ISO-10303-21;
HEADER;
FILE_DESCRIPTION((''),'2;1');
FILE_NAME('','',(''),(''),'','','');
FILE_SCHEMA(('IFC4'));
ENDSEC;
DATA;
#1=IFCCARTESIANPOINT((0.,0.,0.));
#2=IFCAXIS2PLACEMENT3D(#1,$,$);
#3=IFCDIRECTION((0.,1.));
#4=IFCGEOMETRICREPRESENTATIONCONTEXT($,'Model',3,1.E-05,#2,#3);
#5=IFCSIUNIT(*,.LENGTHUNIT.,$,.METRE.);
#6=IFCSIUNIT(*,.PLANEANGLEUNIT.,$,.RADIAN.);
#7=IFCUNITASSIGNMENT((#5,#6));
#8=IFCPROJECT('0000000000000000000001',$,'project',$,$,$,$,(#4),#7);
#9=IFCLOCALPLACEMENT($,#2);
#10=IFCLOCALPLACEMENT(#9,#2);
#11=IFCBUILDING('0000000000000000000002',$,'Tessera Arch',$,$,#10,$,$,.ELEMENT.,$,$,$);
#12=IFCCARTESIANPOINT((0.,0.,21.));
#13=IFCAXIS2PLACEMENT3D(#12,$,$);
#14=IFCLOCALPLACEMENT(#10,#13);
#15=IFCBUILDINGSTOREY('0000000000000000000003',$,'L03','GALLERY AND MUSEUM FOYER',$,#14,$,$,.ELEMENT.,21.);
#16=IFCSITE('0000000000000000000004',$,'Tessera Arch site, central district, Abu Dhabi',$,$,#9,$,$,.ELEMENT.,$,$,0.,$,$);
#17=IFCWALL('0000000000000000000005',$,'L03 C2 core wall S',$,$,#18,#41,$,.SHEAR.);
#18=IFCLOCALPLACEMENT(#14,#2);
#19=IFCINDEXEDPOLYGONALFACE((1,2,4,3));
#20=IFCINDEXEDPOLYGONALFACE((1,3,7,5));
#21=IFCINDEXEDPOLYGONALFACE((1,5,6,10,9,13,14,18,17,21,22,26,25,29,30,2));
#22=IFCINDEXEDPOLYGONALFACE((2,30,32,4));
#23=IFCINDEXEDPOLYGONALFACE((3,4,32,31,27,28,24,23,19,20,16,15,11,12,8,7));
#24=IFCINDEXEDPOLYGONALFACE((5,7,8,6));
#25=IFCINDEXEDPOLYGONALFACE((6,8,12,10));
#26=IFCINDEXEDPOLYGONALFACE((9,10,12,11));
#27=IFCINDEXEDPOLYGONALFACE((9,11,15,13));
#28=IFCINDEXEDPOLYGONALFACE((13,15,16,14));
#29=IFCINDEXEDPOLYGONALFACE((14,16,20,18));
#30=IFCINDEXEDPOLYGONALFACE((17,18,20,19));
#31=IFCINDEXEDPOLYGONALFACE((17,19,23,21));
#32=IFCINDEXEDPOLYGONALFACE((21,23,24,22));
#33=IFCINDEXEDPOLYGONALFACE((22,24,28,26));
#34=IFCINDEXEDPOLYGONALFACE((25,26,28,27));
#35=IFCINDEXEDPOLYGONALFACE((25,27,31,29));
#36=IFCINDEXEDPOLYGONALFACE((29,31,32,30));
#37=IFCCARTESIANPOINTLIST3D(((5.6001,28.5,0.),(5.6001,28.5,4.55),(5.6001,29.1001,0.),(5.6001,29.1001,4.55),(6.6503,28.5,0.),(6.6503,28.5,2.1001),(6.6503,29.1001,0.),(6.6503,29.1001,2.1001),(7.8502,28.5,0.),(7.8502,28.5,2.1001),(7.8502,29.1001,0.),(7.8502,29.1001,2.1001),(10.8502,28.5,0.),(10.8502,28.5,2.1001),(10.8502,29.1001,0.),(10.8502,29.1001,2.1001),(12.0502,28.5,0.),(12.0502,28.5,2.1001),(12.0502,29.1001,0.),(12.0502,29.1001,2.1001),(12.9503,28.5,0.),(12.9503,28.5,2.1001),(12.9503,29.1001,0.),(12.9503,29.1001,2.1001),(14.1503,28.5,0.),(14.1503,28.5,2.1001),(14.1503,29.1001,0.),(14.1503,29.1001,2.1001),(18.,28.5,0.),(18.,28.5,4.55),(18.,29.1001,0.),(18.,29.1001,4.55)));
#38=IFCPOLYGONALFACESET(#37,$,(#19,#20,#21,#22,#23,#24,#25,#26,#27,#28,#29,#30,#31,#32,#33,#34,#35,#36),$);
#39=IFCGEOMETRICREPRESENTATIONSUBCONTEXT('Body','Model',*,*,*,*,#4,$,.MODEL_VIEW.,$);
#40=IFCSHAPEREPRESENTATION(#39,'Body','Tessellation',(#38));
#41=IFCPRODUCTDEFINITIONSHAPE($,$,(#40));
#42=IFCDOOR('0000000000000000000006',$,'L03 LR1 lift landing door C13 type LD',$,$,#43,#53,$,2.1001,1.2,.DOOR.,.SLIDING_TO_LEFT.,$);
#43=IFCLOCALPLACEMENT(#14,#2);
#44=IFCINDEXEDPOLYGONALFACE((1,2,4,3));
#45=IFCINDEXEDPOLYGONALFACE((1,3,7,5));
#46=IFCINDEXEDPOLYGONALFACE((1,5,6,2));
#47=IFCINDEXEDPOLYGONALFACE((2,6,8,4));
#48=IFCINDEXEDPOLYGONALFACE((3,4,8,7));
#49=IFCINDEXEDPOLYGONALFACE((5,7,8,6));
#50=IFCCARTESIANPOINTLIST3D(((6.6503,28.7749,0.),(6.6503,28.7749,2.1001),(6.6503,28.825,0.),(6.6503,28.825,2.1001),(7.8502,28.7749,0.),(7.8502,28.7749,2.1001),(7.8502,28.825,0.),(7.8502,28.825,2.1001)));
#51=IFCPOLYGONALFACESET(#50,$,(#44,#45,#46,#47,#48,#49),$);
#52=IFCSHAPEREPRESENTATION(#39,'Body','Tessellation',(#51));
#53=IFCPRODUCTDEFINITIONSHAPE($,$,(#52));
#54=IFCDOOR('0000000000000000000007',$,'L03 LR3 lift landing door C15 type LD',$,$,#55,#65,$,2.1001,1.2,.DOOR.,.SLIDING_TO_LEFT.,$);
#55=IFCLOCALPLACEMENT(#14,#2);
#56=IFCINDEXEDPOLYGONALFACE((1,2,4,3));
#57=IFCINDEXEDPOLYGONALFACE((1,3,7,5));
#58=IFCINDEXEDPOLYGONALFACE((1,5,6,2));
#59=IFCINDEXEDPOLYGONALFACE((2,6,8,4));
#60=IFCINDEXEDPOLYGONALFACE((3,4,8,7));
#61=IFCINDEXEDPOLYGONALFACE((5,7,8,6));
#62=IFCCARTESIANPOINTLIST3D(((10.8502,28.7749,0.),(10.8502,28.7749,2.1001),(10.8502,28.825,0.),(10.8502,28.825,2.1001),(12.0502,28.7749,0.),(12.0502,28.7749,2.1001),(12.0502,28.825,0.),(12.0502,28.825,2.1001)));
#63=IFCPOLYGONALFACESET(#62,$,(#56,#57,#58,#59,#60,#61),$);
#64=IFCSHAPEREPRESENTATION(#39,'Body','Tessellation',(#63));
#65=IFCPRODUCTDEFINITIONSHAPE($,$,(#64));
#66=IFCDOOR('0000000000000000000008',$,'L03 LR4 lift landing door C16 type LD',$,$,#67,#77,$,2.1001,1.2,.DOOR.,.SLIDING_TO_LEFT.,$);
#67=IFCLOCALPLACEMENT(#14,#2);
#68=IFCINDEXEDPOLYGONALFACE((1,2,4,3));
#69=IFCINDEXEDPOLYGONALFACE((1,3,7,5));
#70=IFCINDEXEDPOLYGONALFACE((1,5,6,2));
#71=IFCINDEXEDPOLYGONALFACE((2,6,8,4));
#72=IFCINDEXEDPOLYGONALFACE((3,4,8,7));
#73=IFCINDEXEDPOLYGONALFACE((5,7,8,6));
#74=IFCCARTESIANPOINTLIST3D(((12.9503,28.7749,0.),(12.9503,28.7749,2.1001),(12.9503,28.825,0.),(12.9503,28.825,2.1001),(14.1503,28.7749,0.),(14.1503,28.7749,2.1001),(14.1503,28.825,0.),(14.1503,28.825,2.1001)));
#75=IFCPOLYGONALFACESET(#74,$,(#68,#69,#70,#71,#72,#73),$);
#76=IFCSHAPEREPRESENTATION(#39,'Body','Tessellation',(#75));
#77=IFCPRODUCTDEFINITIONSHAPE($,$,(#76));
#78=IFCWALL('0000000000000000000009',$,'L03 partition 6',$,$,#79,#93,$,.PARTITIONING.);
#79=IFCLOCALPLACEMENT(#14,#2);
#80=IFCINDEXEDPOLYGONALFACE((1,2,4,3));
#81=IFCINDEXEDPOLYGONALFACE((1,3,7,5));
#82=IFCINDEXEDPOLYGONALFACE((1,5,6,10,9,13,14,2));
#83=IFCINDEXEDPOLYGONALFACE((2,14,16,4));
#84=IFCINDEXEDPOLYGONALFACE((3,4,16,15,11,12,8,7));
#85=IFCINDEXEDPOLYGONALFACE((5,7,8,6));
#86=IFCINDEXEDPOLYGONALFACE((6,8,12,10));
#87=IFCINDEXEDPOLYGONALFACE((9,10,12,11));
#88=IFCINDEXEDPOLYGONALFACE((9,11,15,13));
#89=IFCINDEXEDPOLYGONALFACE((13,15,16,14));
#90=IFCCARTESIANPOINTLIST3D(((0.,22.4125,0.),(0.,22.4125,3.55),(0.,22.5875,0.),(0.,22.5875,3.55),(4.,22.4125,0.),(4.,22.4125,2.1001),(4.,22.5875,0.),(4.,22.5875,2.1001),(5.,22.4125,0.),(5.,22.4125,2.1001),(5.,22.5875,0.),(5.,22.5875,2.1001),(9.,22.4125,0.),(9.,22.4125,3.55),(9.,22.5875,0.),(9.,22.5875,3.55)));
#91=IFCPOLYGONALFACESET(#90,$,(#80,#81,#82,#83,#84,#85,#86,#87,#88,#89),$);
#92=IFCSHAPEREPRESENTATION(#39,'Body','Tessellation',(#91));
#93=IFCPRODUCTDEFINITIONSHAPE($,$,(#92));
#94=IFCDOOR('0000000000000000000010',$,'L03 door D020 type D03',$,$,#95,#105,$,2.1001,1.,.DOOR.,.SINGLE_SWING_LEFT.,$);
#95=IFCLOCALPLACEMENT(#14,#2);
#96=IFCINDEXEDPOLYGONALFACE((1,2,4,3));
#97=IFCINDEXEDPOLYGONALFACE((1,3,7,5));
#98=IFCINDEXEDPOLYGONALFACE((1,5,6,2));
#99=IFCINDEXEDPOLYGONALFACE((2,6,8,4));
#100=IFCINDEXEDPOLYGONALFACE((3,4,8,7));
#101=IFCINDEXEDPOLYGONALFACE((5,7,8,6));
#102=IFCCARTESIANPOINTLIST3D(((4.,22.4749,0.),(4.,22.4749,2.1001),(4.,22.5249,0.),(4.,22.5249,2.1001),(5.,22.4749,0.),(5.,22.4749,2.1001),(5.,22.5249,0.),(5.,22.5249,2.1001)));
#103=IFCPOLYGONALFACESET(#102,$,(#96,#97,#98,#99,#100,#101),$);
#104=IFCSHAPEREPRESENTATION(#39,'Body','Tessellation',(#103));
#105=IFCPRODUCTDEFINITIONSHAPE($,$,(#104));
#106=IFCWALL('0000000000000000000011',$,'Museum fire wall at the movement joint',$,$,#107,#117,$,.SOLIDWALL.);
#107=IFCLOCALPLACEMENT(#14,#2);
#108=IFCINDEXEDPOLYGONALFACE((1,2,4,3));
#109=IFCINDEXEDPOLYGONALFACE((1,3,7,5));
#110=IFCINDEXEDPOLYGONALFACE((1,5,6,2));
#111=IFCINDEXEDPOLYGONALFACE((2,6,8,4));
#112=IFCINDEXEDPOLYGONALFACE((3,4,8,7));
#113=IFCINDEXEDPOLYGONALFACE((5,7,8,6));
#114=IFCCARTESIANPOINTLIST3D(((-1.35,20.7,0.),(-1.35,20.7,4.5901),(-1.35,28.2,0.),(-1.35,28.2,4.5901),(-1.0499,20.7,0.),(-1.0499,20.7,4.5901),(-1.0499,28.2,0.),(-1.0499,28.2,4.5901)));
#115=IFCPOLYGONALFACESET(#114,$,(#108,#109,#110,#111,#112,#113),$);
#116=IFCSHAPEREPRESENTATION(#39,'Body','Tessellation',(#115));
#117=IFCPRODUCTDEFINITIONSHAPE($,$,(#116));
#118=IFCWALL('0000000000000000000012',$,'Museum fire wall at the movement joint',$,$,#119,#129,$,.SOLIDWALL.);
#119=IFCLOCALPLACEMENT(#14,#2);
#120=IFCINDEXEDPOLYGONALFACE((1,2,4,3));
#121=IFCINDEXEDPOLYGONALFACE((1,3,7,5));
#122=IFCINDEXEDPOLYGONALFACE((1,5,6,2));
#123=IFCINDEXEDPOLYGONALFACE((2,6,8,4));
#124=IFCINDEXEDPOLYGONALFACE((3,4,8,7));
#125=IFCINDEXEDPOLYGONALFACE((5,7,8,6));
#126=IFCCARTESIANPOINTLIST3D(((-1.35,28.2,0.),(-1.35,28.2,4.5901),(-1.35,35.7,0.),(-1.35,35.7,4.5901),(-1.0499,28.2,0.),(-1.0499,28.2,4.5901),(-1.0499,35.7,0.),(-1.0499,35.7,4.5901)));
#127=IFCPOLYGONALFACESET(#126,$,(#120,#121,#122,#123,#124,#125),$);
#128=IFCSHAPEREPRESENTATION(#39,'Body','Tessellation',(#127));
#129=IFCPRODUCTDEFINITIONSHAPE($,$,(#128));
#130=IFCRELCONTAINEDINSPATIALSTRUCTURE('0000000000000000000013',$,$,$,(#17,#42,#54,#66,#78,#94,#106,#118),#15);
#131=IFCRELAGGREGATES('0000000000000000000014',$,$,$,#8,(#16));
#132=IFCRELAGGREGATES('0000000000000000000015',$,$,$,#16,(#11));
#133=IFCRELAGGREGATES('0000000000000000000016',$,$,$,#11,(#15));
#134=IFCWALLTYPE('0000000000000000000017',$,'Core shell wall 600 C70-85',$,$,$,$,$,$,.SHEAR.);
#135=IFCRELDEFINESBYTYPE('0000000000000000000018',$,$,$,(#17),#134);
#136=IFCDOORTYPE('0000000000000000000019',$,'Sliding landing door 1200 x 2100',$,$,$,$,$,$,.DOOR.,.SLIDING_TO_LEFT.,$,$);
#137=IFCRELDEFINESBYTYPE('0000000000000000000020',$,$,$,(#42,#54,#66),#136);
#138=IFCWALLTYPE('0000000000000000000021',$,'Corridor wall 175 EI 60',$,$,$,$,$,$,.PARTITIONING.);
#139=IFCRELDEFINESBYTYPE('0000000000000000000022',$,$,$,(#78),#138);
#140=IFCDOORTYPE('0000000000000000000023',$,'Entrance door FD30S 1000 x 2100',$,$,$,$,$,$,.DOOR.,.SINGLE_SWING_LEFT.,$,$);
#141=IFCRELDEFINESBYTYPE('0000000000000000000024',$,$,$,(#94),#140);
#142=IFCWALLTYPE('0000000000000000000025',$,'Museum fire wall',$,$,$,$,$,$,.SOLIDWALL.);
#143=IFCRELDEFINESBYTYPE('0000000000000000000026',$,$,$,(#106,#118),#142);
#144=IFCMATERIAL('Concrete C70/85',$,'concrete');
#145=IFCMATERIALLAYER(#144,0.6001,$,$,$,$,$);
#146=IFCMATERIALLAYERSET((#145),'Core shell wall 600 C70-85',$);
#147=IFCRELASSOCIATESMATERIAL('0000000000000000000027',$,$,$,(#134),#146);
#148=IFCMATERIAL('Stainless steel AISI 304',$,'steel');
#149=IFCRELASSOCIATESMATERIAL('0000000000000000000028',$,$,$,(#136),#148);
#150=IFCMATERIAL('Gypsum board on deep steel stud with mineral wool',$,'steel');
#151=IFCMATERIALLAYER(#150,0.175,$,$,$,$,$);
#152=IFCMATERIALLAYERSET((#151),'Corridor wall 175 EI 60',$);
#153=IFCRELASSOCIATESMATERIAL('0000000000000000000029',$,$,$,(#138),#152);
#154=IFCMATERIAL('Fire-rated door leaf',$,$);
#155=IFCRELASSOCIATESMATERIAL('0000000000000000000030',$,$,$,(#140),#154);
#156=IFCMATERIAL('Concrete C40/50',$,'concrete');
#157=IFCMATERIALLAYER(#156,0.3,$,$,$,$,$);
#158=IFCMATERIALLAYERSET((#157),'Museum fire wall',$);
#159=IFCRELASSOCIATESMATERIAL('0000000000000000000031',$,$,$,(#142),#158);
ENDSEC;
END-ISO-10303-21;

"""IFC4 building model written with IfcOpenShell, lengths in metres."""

from ifc_helpers import new_model, si_unit, direction, frame, frame_2d, origin, place, context, subcontext, project, spatial, rectangle, extrude, material, layer, layer_set, type_object, element, fill, save


model = new_model("IFC4")

# Units and contexts
model_context = context("Model", 3, precision=1e-05, world=origin(), true_north=direction((0.0, 1.0)))
body_context = subcontext(model_context, "Body", "Model", "MODEL_VIEW")
ifc_project = project(units=[si_unit("LENGTHUNIT", "METRE"), si_unit("PLANEANGLEUNIT", "RADIAN")], contexts=[model_context])

# Site, building, storey
site_placement = place(None, origin())
site = spatial("IfcSite", under=ifc_project, at=site_placement, Name="Tessera Arch site, central district, Abu Dhabi", CompositionType="ELEMENT", RefElevation=0.0)
building_placement = place(site_placement, origin())
building = spatial("IfcBuilding", under=site, at=building_placement, Name="Tessera Arch", CompositionType="ELEMENT")
storey_placement = place(building_placement, frame((0.0, 0.0, 21.0)))
storey = spatial("IfcBuildingStorey", under=building, at=storey_placement, Name="L03", Description="GALLERY AND MUSEUM FOYER", CompositionType="ELEMENT", Elevation=21.0)

# Wall, openings, doors
ifc_material_1 = material(Name="Concrete C70/85", Category="concrete")
ifc_layer_1 = layer(ifc_material_1, 0.6001)
ifc_layer_set_1 = layer_set([ifc_layer_1], Name="Core shell wall 600 C70-85")
wall_type_1 = type_object("IfcWallType", Name="Core shell wall 600 C70-85", PredefinedType="SHEAR", material=ifc_layer_set_1)
wall_1_placement = place(storey_placement, frame((5.6001, 28.8, 0.0), z_axis=(0.0, 0.0, 1.0), x_axis=(1.0, 0.0, 0.0)))
wall_1 = element("IfcWall", 1, at=wall_1_placement, inside=storey, type_object=wall_type_1, Name="L03 C2 core wall S", PredefinedType="SHEAR", context=body_context, shape_type="SweptSolid", body=[
    extrude(rectangle(XDim=12.3999, YDim=0.6001, at=frame_2d((6.2, 0.0))), origin(), (0.0, 0.0, 1.0), 4.55),
])
opening_1_placement = place(wall_1_placement, frame((1.05, 0.0, 0.0)))
opening_1 = element("IfcOpeningElement", 2, at=opening_1_placement, cuts=wall_1, PredefinedType="OPENING", context=body_context, shape_type="SweptSolid", body=[
    extrude(rectangle(XDim=1.2, YDim=2.1001, at=frame_2d((0.6001, 1.05))), frame((0.0, 0.3101, 0.0), z_axis=(0.0, -1.0, 0.0), x_axis=(1.0, 0.0, 0.0)), (0.0, 0.0, 1.0), 0.6201),
])
opening_2_placement = place(wall_1_placement, frame((5.25, 0.0, 0.0)))
opening_2 = element("IfcOpeningElement", 3, at=opening_2_placement, cuts=wall_1, PredefinedType="OPENING", context=body_context, shape_type="SweptSolid", body=[
    extrude(rectangle(XDim=1.2, YDim=2.1001, at=frame_2d((0.6001, 1.05))), frame((0.0, 0.3101, 0.0), z_axis=(0.0, -1.0, 0.0), x_axis=(1.0, 0.0, 0.0)), (0.0, 0.0, 1.0), 0.6201),
])
opening_3_placement = place(wall_1_placement, frame((7.3501, 0.0, 0.0)))
opening_3 = element("IfcOpeningElement", 4, at=opening_3_placement, cuts=wall_1, PredefinedType="OPENING", context=body_context, shape_type="SweptSolid", body=[
    extrude(rectangle(XDim=1.2, YDim=2.1001, at=frame_2d((0.6001, 1.05))), frame((0.0, 0.3101, 0.0), z_axis=(0.0, -1.0, 0.0), x_axis=(1.0, 0.0, 0.0)), (0.0, 0.0, 1.0), 0.6201),
])
ifc_material_2 = material(Name="Stainless steel AISI 304", Category="steel")
door_type_1 = type_object("IfcDoorType", Name="Sliding landing door 1200 x 2100", OperationType="SLIDING_TO_LEFT", PredefinedType="DOOR", material=ifc_material_2)
door_1_placement = place(opening_1_placement, origin())
door_1 = element("IfcDoor", 5, at=door_1_placement, inside=storey, type_object=door_type_1, Name="L03 LR1 lift landing door C13 type LD", OperationType="SLIDING_TO_LEFT", OverallHeight=2.1001, OverallWidth=1.2, PredefinedType="DOOR", context=body_context, shape_type="SweptSolid", body=[
    extrude(rectangle(XDim=1.2, YDim=2.1001, at=frame_2d((0.6001, 1.05))), frame((0.0, 0.0249, 0.0), z_axis=(0.0, -1.0, 0.0), x_axis=(1.0, 0.0, 0.0)), (0.0, 0.0, 1.0), 0.05),
])
fill(opening_1, door_1)
door_2_placement = place(opening_2_placement, origin())
door_2 = element("IfcDoor", 6, at=door_2_placement, inside=storey, type_object=door_type_1, Name="L03 LR3 lift landing door C15 type LD", OperationType="SLIDING_TO_LEFT", OverallHeight=2.1001, OverallWidth=1.2, PredefinedType="DOOR", context=body_context, shape_type="SweptSolid", body=[
    extrude(rectangle(XDim=1.2, YDim=2.1001, at=frame_2d((0.6001, 1.05))), frame((0.0, 0.0249, 0.0), z_axis=(0.0, -1.0, 0.0), x_axis=(1.0, 0.0, 0.0)), (0.0, 0.0, 1.0), 0.05),
])
fill(opening_2, door_2)
door_3_placement = place(opening_3_placement, origin())
door_3 = element("IfcDoor", 7, at=door_3_placement, inside=storey, type_object=door_type_1, Name="L03 LR4 lift landing door C16 type LD", OperationType="SLIDING_TO_LEFT", OverallHeight=2.1001, OverallWidth=1.2, PredefinedType="DOOR", context=body_context, shape_type="SweptSolid", body=[
    extrude(rectangle(XDim=1.2, YDim=2.1001, at=frame_2d((0.6001, 1.05))), frame((0.0, 0.0249, 0.0), z_axis=(0.0, -1.0, 0.0), x_axis=(1.0, 0.0, 0.0)), (0.0, 0.0, 1.0), 0.05),
])
fill(opening_3, door_3)

# Wall, opening, door
ifc_material_3 = material(Name="Gypsum board on deep steel stud with mineral wool", Category="steel")
ifc_layer_2 = layer(ifc_material_3, 0.175)
ifc_layer_set_2 = layer_set([ifc_layer_2], Name="Corridor wall 175 EI 60")
wall_type_2 = type_object("IfcWallType", Name="Corridor wall 175 EI 60", PredefinedType="PARTITIONING", material=ifc_layer_set_2)
wall_2_placement = place(storey_placement, frame((0.0, 22.5, 0.0), z_axis=(0.0, 0.0, 1.0), x_axis=(1.0, 0.0, 0.0)))
wall_2 = element("IfcWall", 8, at=wall_2_placement, inside=storey, type_object=wall_type_2, Name="L03 partition 6", PredefinedType="PARTITIONING", context=body_context, shape_type="SweptSolid", body=[
    extrude(rectangle(XDim=9.0, YDim=0.175, at=frame_2d((4.5, 0.0))), origin(), (0.0, 0.0, 1.0), 3.55),
])
opening_4_placement = place(wall_2_placement, frame((4.0, 0.0, 0.0)))
opening_4 = element("IfcOpeningElement", 9, at=opening_4_placement, cuts=wall_2, PredefinedType="OPENING", context=body_context, shape_type="SweptSolid", body=[
    extrude(rectangle(XDim=1.0, YDim=2.1001, at=frame_2d((0.5, 1.05))), frame((0.0, 0.0974, 0.0), z_axis=(0.0, -1.0, 0.0), x_axis=(1.0, 0.0, 0.0)), (0.0, 0.0, 1.0), 0.1951),
])
ifc_material_4 = material(Name="Fire-rated door leaf")
door_type_2 = type_object("IfcDoorType", Name="Entrance door FD30S 1000 x 2100", OperationType="SINGLE_SWING_LEFT", PredefinedType="DOOR", material=ifc_material_4)
door_4_placement = place(opening_4_placement, origin())
door_4 = element("IfcDoor", 10, at=door_4_placement, inside=storey, type_object=door_type_2, Name="L03 door D020 type D03", OperationType="SINGLE_SWING_LEFT", OverallHeight=2.1001, OverallWidth=1.0, PredefinedType="DOOR", context=body_context, shape_type="SweptSolid", body=[
    extrude(rectangle(XDim=1.0, YDim=2.1001, at=frame_2d((0.5, 1.05))), frame((0.0, 0.0249, 0.0), z_axis=(0.0, -1.0, 0.0), x_axis=(1.0, 0.0, 0.0)), (0.0, 0.0, 1.0), 0.05),
])
fill(opening_4, door_4)

# Walls
ifc_material_5 = material(Name="Concrete C40/50", Category="concrete")
ifc_layer_3 = layer(ifc_material_5, 0.3)
ifc_layer_set_3 = layer_set([ifc_layer_3], Name="Museum fire wall")
wall_type_3 = type_object("IfcWallType", Name="Museum fire wall", PredefinedType="SOLIDWALL", material=ifc_layer_set_3)
for number, where, z_axis, x_axis, name in (
    (11, (-1.2, 20.7, 0.0), (0.0, 0.0, 1.0), (0.0, 1.0, 0.0), "Museum fire wall at the movement joint"),
    (12, (-1.2, 28.2, 0.0), (0.0, 0.0, 1.0), (0.0, 1.0, 0.0), "Museum fire wall at the movement joint"),
):
    element("IfcWall", number, at=place(storey_placement, frame(where, z_axis=z_axis, x_axis=x_axis)), inside=storey, type_object=wall_type_3, Name=name, PredefinedType="SOLIDWALL", context=body_context, shape_type="SweptSolid", body=[
        extrude(rectangle(XDim=7.5, YDim=0.3, at=frame_2d((3.75, 0.0))), origin(), (0.0, 0.0, 1.0), 4.5901),
    ])

save(model, "model.ifc")
